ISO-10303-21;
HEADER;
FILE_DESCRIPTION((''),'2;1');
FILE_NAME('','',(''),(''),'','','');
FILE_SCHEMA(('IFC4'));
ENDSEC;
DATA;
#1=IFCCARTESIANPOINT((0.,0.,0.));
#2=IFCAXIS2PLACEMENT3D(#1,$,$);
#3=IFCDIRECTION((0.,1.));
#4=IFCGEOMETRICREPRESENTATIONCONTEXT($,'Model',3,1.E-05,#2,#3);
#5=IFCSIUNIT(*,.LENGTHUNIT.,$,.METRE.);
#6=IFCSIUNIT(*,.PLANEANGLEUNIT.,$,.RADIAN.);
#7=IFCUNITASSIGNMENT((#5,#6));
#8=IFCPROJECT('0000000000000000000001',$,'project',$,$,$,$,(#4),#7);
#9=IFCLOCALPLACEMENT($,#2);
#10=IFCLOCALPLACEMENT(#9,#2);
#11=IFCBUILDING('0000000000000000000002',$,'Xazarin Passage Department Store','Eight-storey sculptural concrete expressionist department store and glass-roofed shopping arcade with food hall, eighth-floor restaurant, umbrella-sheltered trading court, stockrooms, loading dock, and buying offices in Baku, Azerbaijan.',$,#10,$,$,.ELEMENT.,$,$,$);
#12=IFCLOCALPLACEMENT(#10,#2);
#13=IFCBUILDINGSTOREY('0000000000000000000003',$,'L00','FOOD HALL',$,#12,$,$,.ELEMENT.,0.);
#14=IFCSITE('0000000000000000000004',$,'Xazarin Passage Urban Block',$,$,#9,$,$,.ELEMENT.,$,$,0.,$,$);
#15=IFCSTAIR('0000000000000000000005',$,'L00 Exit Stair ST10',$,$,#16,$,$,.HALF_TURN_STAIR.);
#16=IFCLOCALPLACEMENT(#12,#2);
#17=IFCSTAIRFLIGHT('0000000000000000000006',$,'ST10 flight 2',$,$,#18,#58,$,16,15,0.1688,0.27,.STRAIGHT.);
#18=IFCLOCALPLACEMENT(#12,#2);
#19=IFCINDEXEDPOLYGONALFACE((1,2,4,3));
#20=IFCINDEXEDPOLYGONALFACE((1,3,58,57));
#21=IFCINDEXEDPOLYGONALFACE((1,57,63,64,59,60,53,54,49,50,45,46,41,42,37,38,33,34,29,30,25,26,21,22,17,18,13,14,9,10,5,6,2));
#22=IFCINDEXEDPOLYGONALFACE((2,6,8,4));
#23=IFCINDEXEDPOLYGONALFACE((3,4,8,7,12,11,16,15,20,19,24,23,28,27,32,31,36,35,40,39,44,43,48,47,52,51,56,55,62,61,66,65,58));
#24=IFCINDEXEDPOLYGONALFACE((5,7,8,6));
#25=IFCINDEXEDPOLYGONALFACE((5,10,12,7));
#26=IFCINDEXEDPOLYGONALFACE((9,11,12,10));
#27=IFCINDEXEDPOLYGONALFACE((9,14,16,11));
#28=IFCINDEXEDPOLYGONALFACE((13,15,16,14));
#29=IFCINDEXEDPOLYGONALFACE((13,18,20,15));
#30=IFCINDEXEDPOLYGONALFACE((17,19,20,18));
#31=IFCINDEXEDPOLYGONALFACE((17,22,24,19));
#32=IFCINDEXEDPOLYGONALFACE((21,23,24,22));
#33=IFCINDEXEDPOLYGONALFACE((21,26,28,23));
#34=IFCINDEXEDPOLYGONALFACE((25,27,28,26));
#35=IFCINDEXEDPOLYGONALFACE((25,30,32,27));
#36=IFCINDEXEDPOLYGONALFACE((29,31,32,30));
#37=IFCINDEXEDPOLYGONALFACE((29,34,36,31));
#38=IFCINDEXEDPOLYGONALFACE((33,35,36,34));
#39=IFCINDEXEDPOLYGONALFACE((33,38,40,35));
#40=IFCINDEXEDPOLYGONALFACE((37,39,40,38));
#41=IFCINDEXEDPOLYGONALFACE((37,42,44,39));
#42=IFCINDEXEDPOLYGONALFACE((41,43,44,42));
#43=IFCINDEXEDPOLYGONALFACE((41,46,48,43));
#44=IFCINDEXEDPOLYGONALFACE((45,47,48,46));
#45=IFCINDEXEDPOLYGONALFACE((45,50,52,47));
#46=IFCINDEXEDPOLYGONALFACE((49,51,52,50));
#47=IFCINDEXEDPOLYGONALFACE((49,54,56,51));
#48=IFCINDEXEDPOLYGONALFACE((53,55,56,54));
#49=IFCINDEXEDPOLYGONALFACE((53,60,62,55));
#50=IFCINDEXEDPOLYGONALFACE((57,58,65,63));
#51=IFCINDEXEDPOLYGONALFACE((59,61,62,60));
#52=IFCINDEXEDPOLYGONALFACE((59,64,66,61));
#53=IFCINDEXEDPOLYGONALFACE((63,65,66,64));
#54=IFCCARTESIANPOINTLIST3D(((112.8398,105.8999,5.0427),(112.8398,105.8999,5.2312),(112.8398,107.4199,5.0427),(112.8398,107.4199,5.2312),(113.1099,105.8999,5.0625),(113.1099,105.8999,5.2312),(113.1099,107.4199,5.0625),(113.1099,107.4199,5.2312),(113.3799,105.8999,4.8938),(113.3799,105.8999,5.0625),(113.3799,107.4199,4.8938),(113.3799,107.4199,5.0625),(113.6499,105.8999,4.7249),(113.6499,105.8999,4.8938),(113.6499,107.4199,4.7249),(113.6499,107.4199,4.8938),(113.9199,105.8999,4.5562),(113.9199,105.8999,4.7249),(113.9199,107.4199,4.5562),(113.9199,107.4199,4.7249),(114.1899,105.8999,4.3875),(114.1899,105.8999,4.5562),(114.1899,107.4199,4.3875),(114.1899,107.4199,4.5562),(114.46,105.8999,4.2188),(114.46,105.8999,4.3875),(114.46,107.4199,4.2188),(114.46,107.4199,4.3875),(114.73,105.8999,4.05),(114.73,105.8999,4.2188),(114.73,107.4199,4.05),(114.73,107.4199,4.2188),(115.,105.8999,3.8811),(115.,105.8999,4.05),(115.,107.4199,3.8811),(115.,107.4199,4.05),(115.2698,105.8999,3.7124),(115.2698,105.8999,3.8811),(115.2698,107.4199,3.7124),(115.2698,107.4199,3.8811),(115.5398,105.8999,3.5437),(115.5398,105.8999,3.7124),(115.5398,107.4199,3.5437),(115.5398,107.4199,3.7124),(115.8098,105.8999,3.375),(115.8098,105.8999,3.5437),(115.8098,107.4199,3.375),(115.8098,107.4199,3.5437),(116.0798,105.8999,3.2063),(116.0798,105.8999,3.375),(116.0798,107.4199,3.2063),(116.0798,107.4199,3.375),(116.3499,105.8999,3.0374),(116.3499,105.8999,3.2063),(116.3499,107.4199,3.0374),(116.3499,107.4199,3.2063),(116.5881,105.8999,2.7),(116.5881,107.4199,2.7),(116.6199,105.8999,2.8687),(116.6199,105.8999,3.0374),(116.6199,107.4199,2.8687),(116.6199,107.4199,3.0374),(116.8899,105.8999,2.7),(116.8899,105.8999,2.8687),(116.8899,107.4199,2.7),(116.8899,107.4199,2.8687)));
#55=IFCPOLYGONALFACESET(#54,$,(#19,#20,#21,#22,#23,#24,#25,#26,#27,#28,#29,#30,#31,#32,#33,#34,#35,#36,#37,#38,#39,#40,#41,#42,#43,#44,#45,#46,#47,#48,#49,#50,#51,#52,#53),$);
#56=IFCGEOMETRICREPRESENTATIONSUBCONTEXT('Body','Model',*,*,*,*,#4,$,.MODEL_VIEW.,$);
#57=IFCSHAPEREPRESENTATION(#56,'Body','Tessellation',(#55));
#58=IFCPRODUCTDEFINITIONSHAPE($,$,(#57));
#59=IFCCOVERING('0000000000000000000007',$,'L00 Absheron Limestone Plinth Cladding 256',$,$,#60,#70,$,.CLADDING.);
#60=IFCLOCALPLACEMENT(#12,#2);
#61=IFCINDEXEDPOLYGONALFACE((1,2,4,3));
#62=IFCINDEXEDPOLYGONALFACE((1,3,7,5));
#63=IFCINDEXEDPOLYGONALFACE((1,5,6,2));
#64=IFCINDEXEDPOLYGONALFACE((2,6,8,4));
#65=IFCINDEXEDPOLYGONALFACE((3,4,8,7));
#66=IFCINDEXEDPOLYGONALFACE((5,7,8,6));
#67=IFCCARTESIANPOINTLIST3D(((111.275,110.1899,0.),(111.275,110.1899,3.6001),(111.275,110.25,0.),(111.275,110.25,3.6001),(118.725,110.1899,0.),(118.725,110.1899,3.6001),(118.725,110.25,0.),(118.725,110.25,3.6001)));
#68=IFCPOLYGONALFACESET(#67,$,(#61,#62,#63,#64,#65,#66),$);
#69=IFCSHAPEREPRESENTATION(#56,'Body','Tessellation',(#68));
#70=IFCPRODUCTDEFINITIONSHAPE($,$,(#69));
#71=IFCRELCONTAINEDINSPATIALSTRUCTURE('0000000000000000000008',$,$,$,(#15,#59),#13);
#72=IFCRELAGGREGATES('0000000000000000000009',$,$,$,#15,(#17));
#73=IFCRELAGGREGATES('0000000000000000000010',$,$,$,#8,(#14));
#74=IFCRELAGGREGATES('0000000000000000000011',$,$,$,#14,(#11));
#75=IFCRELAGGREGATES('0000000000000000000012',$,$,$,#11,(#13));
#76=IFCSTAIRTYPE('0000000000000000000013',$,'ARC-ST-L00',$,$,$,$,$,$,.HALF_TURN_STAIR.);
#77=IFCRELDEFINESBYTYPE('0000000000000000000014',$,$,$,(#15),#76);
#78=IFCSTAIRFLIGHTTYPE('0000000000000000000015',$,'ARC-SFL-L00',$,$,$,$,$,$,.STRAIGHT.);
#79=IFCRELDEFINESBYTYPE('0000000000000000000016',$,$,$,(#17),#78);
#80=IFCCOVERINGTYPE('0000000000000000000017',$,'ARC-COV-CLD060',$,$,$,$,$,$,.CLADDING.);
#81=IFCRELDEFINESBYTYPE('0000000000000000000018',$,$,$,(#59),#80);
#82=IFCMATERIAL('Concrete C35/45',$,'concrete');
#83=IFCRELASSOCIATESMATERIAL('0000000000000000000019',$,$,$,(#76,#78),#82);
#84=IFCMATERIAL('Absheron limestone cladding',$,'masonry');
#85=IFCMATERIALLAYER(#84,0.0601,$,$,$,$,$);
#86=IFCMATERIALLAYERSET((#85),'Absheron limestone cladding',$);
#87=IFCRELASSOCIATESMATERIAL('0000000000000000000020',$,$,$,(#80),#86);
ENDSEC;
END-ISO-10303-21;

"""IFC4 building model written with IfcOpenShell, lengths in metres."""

from ifc_helpers import new_model, si_unit, direction, frame, origin, origin_2d, place, context, subcontext, project, spatial, polyline, rectangle, outline, extrude, material, layer, layer_set, type_object, element, aggregate, save


model = new_model("IFC4")

# Units and contexts
model_context = context("Model", 3, precision=1e-05, world=origin(), true_north=direction((0.0, 1.0)))
body_context = subcontext(model_context, "Body", "Model", "MODEL_VIEW")
ifc_project = project(units=[si_unit("LENGTHUNIT", "METRE"), si_unit("PLANEANGLEUNIT", "RADIAN")], contexts=[model_context])

# Site, building, storey
site_placement = place(None, origin())
site = spatial("IfcSite", under=ifc_project, at=site_placement, Name="Xazarin Passage Urban Block", CompositionType="ELEMENT", RefElevation=0.0)
building_placement = place(site_placement, origin())
building = spatial("IfcBuilding", under=site, at=building_placement, Name="Xazarin Passage Department Store", Description="Eight-storey sculptural concrete expressionist department store and glass-roofed shopping arcade with food hall, eighth-floor restaurant, umbrella-sheltered trading court, stockrooms, loading dock, and buying offices in Baku, Azerbaijan.", CompositionType="ELEMENT")
storey_placement = place(building_placement, origin())
storey = spatial("IfcBuildingStorey", under=building, at=storey_placement, Name="L00", Description="FOOD HALL", CompositionType="ELEMENT", Elevation=0.0)

# Shared definitions
ifc_material_1 = material(Name="Concrete C35/45", Category="concrete")

# Stair, stair flight
stair_type = type_object("IfcStairType", Name="ARC-ST-L00", PredefinedType="HALF_TURN_STAIR", material=ifc_material_1)
stair_placement = place(storey_placement, origin())
stair = element("IfcStair", 1, at=stair_placement, inside=storey, type_object=stair_type, Name="L00 Exit Stair ST10", PredefinedType="HALF_TURN_STAIR")
stair_flight_type = type_object("IfcStairFlightType", Name="ARC-SFL-L00", PredefinedType="STRAIGHT", material=ifc_material_1)
stair_flight_1_placement = place(storey_placement, frame((116.8899, 106.6599, 2.7), z_axis=(0.0, 0.0, 1.0), x_axis=(-1.0, 0.0, 0.0)))
stair_flight_1 = element("IfcStairFlight", 2, at=stair_flight_1_placement, type_object=stair_flight_type, Name="ST10 flight 2", NumberOfRisers=16, NumberOfTreads=15, PredefinedType="STRAIGHT", RiserHeight=0.1688, TreadLength=0.27, context=body_context, shape_type="SweptSolid", body=[
    extrude(outline(polyline([(0.0, 0.0), (0.0, 0.1687), (0.27, 0.1687), (0.27, 0.3374), (0.54, 0.3374), (0.54, 0.5063), (0.8101, 0.5063), (0.8101, 0.675), (1.0801, 0.675), (1.0801, 0.8438), (1.3501, 0.8438), (1.3501, 1.0125), (1.6201, 1.0125), (1.6201, 1.1812), (1.8899, 1.1812), (1.8899, 1.3501), (2.1599, 1.3501), (2.1599, 1.5188), (2.4299, 1.5188), (2.4299, 1.6875), (2.7, 1.6875), (2.7, 1.8562), (2.97, 1.8562), (2.97, 2.0249), (3.24, 2.0249), (3.24, 2.1938), (3.51, 2.1938), (3.51, 2.3625), (3.78, 2.3625), (3.78, 2.5312), (4.05, 2.5312), (4.05, 2.7), (4.05, 2.3428), (0.3018, 0.0), (0.0, 0.0)])), frame((0.0, 0.76, 0.0), z_axis=(0.0, -1.0, 0.0), x_axis=(1.0, 0.0, 0.0)), (0.0, 0.0, 1.0), 1.52),
])
aggregate(stair, [stair_flight_1])

# Covering
ifc_material_2 = material(Name="Absheron limestone cladding", Category="masonry")
ifc_layer_1 = layer(ifc_material_2, 0.0601)
ifc_layer_set_1 = layer_set([ifc_layer_1], Name="Absheron limestone cladding")
covering_type = type_object("IfcCoveringType", Name="ARC-COV-CLD060", PredefinedType="CLADDING", material=ifc_layer_set_1)
covering_placement = place(storey_placement, frame((115.0, 110.22, 0.0), z_axis=(0.0, 0.0, 1.0), x_axis=(1.0, 0.0, 0.0)))
element("IfcCovering", 3, at=covering_placement, inside=storey, type_object=covering_type, Name="L00 Absheron Limestone Plinth Cladding 256", PredefinedType="CLADDING", context=body_context, shape_type="SweptSolid", body=[
    extrude(rectangle(XDim=7.45, YDim=0.0601, at=origin_2d()), origin(), (0.0, 0.0, 1.0), 3.6001),
])

save(model, "model.ifc")
